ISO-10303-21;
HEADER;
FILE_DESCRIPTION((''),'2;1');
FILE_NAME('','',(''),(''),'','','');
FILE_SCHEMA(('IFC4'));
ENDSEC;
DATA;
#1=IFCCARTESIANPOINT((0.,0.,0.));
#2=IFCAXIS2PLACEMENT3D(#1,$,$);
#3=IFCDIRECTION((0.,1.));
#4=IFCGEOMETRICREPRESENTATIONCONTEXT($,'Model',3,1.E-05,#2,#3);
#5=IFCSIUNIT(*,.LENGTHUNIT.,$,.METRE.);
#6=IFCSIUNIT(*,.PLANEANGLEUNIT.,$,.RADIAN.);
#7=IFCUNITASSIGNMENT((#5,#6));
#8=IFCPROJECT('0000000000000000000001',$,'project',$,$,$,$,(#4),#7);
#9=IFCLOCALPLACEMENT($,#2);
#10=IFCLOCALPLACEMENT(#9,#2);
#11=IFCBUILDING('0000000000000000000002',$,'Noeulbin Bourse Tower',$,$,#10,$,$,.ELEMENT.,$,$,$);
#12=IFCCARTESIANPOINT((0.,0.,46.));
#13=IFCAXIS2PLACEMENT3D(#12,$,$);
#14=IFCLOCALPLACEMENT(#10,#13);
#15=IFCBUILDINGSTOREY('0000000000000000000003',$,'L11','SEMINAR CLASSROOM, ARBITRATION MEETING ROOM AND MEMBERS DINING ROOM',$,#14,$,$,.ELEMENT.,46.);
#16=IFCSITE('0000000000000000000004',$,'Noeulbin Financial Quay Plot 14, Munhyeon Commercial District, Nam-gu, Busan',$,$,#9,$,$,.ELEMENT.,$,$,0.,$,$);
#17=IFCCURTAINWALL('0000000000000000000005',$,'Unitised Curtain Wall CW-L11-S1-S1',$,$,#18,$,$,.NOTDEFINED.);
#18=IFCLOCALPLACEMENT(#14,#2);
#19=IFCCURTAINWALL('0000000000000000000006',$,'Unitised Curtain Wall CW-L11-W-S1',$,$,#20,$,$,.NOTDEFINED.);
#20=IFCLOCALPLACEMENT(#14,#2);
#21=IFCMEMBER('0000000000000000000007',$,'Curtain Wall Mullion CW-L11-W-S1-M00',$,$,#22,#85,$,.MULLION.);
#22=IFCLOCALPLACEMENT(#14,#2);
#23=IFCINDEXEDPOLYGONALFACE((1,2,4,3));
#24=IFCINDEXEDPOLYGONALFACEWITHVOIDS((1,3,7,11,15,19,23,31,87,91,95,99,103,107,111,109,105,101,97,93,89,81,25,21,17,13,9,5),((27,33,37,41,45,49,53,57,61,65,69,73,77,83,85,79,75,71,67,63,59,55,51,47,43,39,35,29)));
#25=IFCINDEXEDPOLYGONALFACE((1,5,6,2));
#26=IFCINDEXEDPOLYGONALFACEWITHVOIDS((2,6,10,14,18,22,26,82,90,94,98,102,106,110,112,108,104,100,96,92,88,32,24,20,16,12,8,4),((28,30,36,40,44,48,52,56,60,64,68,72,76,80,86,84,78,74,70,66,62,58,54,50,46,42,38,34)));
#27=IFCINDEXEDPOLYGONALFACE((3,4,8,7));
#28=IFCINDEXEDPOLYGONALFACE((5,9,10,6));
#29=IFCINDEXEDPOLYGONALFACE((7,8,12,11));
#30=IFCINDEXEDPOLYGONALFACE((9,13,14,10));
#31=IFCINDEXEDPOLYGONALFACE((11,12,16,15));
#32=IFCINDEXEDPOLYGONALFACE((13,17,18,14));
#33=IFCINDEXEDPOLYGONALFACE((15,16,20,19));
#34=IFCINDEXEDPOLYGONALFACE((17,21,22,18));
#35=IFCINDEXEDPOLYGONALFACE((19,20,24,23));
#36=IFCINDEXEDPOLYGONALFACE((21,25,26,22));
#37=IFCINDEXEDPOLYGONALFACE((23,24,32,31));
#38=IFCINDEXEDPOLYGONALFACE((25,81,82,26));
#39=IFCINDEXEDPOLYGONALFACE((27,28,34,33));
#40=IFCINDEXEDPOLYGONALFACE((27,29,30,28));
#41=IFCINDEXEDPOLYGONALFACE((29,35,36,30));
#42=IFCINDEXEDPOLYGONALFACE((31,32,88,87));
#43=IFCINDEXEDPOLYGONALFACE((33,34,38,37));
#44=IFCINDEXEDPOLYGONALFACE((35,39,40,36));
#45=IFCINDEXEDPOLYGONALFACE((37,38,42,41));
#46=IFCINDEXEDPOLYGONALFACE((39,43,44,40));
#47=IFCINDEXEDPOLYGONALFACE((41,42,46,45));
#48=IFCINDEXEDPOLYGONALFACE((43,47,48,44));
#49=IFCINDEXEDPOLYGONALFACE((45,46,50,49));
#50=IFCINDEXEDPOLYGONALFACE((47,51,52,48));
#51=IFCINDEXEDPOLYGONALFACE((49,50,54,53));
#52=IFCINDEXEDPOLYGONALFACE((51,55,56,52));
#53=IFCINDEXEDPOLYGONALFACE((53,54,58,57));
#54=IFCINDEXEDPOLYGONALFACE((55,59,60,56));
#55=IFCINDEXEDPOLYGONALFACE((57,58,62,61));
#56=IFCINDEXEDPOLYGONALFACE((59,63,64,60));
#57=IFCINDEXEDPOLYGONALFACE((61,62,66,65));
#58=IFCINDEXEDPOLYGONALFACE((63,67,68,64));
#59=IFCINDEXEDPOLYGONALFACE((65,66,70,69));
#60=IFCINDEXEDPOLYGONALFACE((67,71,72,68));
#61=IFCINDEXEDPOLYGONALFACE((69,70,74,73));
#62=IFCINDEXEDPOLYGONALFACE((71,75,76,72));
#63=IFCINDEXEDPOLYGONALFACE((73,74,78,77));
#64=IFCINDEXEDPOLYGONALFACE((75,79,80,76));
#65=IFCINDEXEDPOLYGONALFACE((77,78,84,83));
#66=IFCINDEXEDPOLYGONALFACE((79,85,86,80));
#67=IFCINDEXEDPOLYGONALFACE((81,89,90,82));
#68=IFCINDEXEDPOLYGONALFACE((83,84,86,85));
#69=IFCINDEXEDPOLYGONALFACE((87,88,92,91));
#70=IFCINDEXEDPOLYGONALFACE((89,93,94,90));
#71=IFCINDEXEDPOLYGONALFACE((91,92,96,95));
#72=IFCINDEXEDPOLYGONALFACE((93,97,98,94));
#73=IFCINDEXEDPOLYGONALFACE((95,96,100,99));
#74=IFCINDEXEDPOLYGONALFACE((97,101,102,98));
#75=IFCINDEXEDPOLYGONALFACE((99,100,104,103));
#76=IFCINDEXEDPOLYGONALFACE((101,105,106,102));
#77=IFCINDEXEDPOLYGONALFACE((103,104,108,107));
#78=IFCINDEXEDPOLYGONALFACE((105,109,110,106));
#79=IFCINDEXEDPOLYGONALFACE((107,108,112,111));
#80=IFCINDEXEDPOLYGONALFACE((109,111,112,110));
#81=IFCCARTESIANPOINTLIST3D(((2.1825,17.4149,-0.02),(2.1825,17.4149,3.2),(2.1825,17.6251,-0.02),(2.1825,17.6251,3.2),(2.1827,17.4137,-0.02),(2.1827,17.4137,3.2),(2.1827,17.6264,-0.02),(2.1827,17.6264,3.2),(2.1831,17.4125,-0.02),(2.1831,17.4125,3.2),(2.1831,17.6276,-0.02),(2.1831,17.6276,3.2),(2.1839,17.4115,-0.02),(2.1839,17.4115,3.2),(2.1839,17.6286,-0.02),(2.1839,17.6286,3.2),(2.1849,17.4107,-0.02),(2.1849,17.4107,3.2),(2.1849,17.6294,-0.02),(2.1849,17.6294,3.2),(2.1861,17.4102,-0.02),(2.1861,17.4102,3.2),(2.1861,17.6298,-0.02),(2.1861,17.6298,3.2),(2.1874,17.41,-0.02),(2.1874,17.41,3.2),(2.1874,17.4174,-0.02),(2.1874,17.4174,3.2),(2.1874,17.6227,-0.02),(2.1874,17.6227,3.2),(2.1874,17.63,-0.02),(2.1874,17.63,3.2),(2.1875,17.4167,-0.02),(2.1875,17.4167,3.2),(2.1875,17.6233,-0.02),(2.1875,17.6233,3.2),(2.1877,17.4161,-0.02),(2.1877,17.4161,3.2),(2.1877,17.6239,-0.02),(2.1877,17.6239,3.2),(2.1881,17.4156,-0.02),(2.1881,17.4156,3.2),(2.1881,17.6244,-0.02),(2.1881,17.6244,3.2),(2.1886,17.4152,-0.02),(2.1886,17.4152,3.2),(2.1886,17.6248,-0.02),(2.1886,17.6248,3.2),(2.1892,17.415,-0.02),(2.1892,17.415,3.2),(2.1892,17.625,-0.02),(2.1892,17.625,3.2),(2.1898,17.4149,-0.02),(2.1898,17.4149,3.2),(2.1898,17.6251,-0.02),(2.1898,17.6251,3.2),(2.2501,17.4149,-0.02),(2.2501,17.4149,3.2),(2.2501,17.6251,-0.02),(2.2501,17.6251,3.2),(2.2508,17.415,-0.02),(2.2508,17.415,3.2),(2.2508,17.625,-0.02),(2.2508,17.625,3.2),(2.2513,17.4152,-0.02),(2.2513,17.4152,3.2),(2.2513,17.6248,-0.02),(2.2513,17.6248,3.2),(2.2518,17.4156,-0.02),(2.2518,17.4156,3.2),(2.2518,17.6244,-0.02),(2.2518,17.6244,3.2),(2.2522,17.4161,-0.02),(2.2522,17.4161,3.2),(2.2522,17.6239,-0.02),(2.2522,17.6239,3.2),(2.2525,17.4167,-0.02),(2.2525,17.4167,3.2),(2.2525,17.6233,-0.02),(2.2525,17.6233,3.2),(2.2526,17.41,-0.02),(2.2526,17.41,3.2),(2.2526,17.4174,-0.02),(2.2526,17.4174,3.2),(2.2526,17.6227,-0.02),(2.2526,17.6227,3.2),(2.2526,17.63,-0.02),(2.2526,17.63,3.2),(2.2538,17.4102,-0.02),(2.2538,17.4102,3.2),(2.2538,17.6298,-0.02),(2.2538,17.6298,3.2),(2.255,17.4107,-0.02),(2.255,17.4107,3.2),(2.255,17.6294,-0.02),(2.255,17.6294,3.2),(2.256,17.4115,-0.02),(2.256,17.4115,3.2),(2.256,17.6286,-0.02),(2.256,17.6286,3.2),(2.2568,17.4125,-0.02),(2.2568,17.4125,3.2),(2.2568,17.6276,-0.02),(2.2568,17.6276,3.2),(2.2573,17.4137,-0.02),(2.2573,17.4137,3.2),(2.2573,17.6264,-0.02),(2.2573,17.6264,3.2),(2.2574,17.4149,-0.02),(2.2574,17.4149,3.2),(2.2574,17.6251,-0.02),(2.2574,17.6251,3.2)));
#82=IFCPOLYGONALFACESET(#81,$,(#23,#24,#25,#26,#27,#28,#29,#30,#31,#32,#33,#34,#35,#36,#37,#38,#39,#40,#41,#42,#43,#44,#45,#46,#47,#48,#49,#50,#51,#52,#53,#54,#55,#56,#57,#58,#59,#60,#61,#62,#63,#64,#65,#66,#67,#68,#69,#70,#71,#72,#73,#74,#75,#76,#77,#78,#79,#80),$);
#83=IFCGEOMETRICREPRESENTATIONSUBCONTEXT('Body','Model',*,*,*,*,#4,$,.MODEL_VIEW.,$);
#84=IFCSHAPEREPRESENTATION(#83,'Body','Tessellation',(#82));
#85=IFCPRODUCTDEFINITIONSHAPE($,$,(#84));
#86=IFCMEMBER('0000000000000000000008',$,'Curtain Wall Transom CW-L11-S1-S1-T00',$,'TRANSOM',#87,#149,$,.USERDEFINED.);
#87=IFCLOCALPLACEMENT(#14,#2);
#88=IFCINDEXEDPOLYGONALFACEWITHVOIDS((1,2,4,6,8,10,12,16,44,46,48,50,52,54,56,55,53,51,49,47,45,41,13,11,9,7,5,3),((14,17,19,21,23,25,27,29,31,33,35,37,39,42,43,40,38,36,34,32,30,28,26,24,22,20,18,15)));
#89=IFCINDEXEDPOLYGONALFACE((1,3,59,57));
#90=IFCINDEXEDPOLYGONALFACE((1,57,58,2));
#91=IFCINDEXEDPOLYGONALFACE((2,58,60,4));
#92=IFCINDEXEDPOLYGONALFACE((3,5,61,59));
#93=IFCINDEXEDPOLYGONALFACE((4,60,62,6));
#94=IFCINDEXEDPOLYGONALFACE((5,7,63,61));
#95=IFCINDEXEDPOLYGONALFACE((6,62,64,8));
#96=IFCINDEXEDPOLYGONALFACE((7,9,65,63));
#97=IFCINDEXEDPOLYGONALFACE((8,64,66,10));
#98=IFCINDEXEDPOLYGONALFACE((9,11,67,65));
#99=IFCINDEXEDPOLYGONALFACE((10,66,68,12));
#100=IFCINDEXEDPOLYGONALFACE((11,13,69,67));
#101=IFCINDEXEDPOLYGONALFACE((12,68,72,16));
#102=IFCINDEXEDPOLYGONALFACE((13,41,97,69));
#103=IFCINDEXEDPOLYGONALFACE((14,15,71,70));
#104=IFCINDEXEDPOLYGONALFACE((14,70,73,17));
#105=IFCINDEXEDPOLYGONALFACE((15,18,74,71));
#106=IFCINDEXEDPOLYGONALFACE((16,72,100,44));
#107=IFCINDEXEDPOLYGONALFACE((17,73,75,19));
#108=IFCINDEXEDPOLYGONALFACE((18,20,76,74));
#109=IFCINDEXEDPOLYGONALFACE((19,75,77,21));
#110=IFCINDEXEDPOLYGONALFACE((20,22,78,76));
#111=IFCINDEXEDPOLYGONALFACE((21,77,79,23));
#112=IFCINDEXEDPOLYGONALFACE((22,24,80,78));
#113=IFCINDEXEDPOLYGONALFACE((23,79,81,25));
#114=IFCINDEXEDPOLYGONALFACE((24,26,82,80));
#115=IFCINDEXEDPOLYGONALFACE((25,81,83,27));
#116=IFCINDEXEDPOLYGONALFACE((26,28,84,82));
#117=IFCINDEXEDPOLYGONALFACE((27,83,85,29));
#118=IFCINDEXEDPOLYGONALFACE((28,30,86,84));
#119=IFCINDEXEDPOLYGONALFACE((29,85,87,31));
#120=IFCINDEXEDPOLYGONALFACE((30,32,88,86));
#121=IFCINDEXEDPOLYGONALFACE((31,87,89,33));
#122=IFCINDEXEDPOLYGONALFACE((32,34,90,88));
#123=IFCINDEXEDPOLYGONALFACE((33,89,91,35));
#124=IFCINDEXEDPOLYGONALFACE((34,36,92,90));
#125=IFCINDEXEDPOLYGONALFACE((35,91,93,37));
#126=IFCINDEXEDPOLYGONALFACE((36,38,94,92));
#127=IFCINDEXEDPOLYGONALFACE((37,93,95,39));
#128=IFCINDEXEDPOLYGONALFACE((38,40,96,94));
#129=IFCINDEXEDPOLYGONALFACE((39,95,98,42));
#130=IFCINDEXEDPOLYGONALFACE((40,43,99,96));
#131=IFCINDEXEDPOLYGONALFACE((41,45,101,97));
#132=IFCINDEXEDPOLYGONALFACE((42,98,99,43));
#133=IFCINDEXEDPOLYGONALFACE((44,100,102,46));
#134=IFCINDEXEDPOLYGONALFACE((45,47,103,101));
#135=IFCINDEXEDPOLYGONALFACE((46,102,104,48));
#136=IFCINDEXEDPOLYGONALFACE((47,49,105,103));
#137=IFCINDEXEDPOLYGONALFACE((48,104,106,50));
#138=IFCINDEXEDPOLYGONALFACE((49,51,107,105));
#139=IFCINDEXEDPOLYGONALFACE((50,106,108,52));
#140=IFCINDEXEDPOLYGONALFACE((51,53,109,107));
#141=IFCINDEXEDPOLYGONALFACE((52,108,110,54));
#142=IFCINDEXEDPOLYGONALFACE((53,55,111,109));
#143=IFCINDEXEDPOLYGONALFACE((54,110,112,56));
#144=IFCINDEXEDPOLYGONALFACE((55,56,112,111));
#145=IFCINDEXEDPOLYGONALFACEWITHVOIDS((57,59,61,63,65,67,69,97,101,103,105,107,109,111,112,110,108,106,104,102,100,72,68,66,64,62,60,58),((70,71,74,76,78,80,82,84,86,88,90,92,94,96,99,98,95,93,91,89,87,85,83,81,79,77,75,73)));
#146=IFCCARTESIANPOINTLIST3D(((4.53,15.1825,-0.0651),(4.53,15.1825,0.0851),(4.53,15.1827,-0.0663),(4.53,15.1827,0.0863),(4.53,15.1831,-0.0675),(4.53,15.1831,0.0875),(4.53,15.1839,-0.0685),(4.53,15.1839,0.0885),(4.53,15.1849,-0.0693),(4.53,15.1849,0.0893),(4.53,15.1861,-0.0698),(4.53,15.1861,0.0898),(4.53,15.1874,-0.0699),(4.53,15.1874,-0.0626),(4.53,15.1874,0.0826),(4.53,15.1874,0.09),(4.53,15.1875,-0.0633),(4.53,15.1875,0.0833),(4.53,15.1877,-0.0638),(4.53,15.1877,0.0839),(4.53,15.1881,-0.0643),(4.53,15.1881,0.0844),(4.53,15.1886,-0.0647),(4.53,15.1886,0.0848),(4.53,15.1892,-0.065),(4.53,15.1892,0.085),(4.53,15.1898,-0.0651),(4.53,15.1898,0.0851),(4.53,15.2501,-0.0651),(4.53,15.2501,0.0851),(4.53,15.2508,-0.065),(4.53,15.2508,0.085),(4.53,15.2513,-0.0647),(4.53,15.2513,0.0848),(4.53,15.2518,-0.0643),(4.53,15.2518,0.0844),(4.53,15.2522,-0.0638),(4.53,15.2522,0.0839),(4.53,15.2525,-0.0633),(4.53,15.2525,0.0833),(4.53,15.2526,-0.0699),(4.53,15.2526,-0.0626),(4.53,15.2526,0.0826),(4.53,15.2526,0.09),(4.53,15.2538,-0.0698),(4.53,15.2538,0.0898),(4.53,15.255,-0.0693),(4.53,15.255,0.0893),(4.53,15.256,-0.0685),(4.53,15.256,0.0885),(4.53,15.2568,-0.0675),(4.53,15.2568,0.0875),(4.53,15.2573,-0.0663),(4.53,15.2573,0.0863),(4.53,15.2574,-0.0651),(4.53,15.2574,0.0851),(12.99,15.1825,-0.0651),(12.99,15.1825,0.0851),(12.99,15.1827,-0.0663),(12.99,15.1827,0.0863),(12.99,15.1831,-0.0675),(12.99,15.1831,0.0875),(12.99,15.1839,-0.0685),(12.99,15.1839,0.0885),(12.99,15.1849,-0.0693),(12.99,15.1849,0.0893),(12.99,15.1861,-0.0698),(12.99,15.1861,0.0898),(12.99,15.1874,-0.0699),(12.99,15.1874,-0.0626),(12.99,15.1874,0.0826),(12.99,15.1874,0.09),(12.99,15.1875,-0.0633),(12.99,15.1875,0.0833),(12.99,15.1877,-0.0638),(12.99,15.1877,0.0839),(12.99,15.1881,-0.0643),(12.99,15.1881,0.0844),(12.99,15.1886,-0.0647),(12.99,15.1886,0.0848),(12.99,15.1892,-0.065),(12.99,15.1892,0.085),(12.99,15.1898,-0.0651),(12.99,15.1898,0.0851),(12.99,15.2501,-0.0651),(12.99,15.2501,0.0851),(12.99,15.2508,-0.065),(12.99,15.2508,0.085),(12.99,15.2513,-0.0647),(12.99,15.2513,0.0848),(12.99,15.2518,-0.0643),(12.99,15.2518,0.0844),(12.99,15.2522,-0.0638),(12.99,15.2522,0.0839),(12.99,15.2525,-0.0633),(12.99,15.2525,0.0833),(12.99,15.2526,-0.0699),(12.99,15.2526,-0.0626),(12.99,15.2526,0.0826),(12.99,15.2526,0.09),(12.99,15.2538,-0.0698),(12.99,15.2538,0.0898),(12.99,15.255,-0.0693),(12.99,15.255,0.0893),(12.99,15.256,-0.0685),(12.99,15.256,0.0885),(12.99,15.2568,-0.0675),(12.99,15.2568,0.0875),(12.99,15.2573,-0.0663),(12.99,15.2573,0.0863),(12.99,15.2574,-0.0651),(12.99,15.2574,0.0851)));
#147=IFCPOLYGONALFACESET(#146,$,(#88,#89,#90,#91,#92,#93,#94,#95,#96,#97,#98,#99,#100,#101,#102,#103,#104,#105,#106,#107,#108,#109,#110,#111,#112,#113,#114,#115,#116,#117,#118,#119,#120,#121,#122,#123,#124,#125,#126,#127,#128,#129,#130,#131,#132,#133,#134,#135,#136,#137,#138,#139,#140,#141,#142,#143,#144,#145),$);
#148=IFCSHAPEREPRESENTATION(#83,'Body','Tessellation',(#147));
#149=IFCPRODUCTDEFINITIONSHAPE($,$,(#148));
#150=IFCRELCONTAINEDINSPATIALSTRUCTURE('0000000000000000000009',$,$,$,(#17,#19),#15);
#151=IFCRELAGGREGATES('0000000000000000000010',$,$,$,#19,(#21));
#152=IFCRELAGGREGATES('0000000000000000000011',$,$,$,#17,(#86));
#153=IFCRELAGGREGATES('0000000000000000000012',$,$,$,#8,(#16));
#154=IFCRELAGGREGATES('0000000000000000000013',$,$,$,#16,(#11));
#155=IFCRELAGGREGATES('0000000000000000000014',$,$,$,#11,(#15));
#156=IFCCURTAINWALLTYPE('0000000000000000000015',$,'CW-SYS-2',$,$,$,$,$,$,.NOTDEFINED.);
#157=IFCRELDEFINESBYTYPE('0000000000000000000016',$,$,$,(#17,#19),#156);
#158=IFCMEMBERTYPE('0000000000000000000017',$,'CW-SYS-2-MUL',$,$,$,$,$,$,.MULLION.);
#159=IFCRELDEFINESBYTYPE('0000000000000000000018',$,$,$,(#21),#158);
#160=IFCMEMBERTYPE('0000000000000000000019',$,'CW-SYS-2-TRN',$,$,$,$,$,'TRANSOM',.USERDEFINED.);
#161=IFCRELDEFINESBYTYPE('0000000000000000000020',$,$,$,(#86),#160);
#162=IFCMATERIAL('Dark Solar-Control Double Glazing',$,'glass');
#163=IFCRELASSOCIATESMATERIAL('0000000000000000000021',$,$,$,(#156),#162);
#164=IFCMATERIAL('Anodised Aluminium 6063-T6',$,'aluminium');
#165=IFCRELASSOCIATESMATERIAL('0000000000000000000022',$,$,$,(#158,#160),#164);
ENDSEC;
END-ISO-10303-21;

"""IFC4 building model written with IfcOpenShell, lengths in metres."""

from ifc_helpers import new_model, si_unit, direction, frame, origin, origin_2d, place, context, subcontext, project, spatial, hollow_rectangle, extrude, material, material_profile, profile_set, type_object, element, aggregate, save


model = new_model("IFC4")

# Units and contexts
model_context = context("Model", 3, precision=1e-05, world=origin(), true_north=direction((0.0, 1.0)))
body_context = subcontext(model_context, "Body", "Model", "MODEL_VIEW")
ifc_project = project(units=[si_unit("LENGTHUNIT", "METRE"), si_unit("PLANEANGLEUNIT", "RADIAN")], contexts=[model_context])

# Site, building, storey
site_placement = place(None, origin())
site = spatial("IfcSite", under=ifc_project, at=site_placement, Name="Noeulbin Financial Quay Plot 14, Munhyeon Commercial District, Nam-gu, Busan", CompositionType="ELEMENT", RefElevation=0.0)
building_placement = place(site_placement, origin())
building = spatial("IfcBuilding", under=site, at=building_placement, Name="Noeulbin Bourse Tower", CompositionType="ELEMENT")
storey_placement = place(building_placement, frame((0.0, 0.0, 46.0)))
storey = spatial("IfcBuildingStorey", under=building, at=storey_placement, Name="L11", Description="SEMINAR CLASSROOM, ARBITRATION MEETING ROOM AND MEMBERS DINING ROOM", CompositionType="ELEMENT", Elevation=46.0)

# Curtain wall
ifc_material_1 = material(Name="Dark Solar-Control Double Glazing", Category="glass")
curtain_wall_type = type_object("IfcCurtainWallType", Name="CW-SYS-2", PredefinedType="NOTDEFINED", material=ifc_material_1)
curtain_wall_1_placement = place(storey_placement, origin())
curtain_wall_1 = element("IfcCurtainWall", 1, at=curtain_wall_1_placement, inside=storey, type_object=curtain_wall_type, Name="Unitised Curtain Wall CW-L11-S1-S1", PredefinedType="NOTDEFINED")
ifc_material_2 = material(Name="Anodised Aluminium 6063-T6", Category="aluminium")
ifc_material_profile_1 = material_profile(ifc_material_2, hollow_rectangle(XDim=0.075, YDim=0.22, WallThickness=0.0049, InnerFilletRadius=0.0024, OuterFilletRadius=0.0049, at=origin_2d()), Name="ALU-MULL-75x220x5", Category="LoadBearing")
ifc_profile_set_1 = profile_set([ifc_material_profile_1], Name="Anodised Aluminium 6063-T6")
member_type_1 = type_object("IfcMemberType", Name="CW-SYS-2-MUL", PredefinedType="MULLION", material=ifc_profile_set_1)

# Curtain wall, member
curtain_wall_2_placement = place(storey_placement, origin())
curtain_wall_2 = element("IfcCurtainWall", 2, at=curtain_wall_2_placement, inside=storey, type_object=curtain_wall_type, Name="Unitised Curtain Wall CW-L11-W-S1", PredefinedType="NOTDEFINED")
member_1_placement = place(storey_placement, frame((2.22, 17.52, -0.02), z_axis=(0.0, 0.0, 1.0), x_axis=(1.0, 0.0, 0.0)))
member_1 = element("IfcMember", 3, at=member_1_placement, type_object=member_type_1, Name="Curtain Wall Mullion CW-L11-W-S1-M00", PredefinedType="MULLION", context=body_context, shape_type="SweptSolid", body=[
    extrude(hollow_rectangle(XDim=0.075, YDim=0.22, WallThickness=0.0049, InnerFilletRadius=0.0024, OuterFilletRadius=0.0049, at=origin_2d()), origin(), (0.0, 0.0, 1.0), 3.22),
])

# Member
ifc_material_profile_2 = material_profile(ifc_material_2, hollow_rectangle(XDim=0.075, YDim=0.1599, WallThickness=0.0049, InnerFilletRadius=0.0024, OuterFilletRadius=0.0049, at=origin_2d()), Name="ALU-TRAN-75x160x5", Category="LoadBearing")
ifc_profile_set_2 = profile_set([ifc_material_profile_2], Name="Anodised Aluminium 6063-T6")
member_type_2 = type_object("IfcMemberType", Name="CW-SYS-2-TRN", ElementType="TRANSOM", PredefinedType="USERDEFINED", material=ifc_profile_set_2)
member_2_placement = place(storey_placement, frame((4.53, 15.22, 0.01), z_axis=(1.0, 0.0, 0.0), x_axis=(0.0, 1.0, 0.0)))
member_2 = element("IfcMember", 4, at=member_2_placement, type_object=member_type_2, Name="Curtain Wall Transom CW-L11-S1-S1-T00", ObjectType="TRANSOM", PredefinedType="USERDEFINED", context=body_context, shape_type="SweptSolid", body=[
    extrude(hollow_rectangle(XDim=0.075, YDim=0.1599, WallThickness=0.0049, InnerFilletRadius=0.0024, OuterFilletRadius=0.0049, at=origin_2d()), origin(), (0.0, 0.0, 1.0), 8.46),
])
aggregate(curtain_wall_2, [member_1])

aggregate(curtain_wall_1, [member_2])

save(model, "model.ifc")
